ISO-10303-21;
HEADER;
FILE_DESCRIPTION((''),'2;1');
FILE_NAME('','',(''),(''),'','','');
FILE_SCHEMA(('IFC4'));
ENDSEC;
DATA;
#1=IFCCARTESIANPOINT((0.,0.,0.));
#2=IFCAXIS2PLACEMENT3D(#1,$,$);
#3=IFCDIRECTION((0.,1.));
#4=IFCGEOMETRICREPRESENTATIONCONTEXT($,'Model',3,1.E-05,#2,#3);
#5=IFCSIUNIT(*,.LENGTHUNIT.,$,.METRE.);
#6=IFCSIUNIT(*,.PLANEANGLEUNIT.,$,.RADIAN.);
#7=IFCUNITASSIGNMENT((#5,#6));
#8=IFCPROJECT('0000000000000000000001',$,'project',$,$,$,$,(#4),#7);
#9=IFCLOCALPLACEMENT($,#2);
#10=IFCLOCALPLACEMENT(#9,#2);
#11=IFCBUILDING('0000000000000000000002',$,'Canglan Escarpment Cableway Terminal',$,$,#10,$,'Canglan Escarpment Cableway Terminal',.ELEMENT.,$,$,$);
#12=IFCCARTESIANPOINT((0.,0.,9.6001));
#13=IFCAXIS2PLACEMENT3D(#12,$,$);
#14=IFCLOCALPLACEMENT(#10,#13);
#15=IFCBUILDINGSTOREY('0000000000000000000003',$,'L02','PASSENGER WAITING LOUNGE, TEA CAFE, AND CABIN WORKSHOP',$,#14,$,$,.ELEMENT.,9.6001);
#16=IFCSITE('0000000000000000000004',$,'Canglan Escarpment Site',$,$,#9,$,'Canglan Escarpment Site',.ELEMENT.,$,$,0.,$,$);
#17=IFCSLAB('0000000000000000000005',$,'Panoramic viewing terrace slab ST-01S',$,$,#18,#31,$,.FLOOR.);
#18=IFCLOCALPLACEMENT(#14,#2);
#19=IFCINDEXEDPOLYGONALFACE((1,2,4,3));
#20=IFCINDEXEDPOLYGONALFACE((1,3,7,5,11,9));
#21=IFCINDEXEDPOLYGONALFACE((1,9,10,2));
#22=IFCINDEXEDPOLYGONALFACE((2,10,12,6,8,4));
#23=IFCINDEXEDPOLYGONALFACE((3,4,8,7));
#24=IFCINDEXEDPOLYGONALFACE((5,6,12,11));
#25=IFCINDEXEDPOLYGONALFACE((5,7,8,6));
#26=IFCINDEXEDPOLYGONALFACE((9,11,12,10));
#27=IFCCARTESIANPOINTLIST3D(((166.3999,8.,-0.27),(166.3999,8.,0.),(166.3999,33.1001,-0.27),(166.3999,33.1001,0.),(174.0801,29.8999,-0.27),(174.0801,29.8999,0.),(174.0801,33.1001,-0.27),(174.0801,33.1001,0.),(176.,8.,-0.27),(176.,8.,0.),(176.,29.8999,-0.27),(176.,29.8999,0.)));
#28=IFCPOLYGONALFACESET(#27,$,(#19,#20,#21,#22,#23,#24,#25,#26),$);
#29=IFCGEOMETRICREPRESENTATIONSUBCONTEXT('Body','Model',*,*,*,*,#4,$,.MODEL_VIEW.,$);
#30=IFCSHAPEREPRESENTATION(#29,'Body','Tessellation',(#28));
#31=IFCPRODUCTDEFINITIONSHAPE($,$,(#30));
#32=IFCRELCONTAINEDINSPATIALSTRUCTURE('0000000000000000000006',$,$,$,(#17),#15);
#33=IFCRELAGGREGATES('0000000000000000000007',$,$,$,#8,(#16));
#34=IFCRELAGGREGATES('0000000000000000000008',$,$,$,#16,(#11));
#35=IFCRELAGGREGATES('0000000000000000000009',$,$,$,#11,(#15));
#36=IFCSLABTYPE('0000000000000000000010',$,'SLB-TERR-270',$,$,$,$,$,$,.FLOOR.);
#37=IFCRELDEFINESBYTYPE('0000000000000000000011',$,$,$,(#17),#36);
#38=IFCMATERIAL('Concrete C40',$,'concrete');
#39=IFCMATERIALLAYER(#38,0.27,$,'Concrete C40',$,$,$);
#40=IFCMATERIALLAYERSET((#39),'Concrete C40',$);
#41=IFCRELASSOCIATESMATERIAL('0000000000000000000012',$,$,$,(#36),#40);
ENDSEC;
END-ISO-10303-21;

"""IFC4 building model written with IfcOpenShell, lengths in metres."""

from ifc_helpers import new_model, si_unit, direction, frame, origin, place, context, subcontext, project, spatial, polyline, outline, extrude, material, layer, layer_set, type_object, element, save


model = new_model("IFC4")

# Units and contexts
model_context = context("Model", 3, precision=1e-05, world=origin(), true_north=direction((0.0, 1.0)))
body_context = subcontext(model_context, "Body", "Model", "MODEL_VIEW")
ifc_project = project(units=[si_unit("LENGTHUNIT", "METRE"), si_unit("PLANEANGLEUNIT", "RADIAN")], contexts=[model_context])

# Site, building, storey
site_placement = place(None, origin())
site = spatial("IfcSite", under=ifc_project, at=site_placement, Name="Canglan Escarpment Site", LongName="Canglan Escarpment Site", CompositionType="ELEMENT", RefElevation=0.0)
building_placement = place(site_placement, origin())
building = spatial("IfcBuilding", under=site, at=building_placement, Name="Canglan Escarpment Cableway Terminal", LongName="Canglan Escarpment Cableway Terminal", CompositionType="ELEMENT")
storey_placement = place(building_placement, frame((0.0, 0.0, 9.6001)))
storey = spatial("IfcBuildingStorey", under=building, at=storey_placement, Name="L02", Description="PASSENGER WAITING LOUNGE, TEA CAFE, AND CABIN WORKSHOP", CompositionType="ELEMENT", Elevation=9.6001)

# Shared definitions
ifc_material_1 = material(Name="Concrete C40", Category="concrete")

# Slab
ifc_layer_1 = layer(ifc_material_1, 0.27, Name="Concrete C40")
ifc_layer_set_1 = layer_set([ifc_layer_1], Name="Concrete C40")
slab_type_1 = type_object("IfcSlabType", Name="SLB-TERR-270", PredefinedType="FLOOR", material=ifc_layer_set_1)
slab_1_placement = place(storey_placement, frame((0.0, 0.0, -0.27)))
element("IfcSlab", 1, at=slab_1_placement, inside=storey, type_object=slab_type_1, Name="Panoramic viewing terrace slab ST-01S", PredefinedType="FLOOR", context=body_context, shape_type="SweptSolid", body=[
    extrude(outline(polyline([(166.3999, 8.0), (176.0, 8.0), (176.0, 29.8999), (174.0801, 29.8999), (174.0801, 33.1001), (166.3999, 33.1001), (166.3999, 8.0)])), origin(), (0.0, 0.0, 1.0), 0.27),
])

save(model, "model.ifc")
